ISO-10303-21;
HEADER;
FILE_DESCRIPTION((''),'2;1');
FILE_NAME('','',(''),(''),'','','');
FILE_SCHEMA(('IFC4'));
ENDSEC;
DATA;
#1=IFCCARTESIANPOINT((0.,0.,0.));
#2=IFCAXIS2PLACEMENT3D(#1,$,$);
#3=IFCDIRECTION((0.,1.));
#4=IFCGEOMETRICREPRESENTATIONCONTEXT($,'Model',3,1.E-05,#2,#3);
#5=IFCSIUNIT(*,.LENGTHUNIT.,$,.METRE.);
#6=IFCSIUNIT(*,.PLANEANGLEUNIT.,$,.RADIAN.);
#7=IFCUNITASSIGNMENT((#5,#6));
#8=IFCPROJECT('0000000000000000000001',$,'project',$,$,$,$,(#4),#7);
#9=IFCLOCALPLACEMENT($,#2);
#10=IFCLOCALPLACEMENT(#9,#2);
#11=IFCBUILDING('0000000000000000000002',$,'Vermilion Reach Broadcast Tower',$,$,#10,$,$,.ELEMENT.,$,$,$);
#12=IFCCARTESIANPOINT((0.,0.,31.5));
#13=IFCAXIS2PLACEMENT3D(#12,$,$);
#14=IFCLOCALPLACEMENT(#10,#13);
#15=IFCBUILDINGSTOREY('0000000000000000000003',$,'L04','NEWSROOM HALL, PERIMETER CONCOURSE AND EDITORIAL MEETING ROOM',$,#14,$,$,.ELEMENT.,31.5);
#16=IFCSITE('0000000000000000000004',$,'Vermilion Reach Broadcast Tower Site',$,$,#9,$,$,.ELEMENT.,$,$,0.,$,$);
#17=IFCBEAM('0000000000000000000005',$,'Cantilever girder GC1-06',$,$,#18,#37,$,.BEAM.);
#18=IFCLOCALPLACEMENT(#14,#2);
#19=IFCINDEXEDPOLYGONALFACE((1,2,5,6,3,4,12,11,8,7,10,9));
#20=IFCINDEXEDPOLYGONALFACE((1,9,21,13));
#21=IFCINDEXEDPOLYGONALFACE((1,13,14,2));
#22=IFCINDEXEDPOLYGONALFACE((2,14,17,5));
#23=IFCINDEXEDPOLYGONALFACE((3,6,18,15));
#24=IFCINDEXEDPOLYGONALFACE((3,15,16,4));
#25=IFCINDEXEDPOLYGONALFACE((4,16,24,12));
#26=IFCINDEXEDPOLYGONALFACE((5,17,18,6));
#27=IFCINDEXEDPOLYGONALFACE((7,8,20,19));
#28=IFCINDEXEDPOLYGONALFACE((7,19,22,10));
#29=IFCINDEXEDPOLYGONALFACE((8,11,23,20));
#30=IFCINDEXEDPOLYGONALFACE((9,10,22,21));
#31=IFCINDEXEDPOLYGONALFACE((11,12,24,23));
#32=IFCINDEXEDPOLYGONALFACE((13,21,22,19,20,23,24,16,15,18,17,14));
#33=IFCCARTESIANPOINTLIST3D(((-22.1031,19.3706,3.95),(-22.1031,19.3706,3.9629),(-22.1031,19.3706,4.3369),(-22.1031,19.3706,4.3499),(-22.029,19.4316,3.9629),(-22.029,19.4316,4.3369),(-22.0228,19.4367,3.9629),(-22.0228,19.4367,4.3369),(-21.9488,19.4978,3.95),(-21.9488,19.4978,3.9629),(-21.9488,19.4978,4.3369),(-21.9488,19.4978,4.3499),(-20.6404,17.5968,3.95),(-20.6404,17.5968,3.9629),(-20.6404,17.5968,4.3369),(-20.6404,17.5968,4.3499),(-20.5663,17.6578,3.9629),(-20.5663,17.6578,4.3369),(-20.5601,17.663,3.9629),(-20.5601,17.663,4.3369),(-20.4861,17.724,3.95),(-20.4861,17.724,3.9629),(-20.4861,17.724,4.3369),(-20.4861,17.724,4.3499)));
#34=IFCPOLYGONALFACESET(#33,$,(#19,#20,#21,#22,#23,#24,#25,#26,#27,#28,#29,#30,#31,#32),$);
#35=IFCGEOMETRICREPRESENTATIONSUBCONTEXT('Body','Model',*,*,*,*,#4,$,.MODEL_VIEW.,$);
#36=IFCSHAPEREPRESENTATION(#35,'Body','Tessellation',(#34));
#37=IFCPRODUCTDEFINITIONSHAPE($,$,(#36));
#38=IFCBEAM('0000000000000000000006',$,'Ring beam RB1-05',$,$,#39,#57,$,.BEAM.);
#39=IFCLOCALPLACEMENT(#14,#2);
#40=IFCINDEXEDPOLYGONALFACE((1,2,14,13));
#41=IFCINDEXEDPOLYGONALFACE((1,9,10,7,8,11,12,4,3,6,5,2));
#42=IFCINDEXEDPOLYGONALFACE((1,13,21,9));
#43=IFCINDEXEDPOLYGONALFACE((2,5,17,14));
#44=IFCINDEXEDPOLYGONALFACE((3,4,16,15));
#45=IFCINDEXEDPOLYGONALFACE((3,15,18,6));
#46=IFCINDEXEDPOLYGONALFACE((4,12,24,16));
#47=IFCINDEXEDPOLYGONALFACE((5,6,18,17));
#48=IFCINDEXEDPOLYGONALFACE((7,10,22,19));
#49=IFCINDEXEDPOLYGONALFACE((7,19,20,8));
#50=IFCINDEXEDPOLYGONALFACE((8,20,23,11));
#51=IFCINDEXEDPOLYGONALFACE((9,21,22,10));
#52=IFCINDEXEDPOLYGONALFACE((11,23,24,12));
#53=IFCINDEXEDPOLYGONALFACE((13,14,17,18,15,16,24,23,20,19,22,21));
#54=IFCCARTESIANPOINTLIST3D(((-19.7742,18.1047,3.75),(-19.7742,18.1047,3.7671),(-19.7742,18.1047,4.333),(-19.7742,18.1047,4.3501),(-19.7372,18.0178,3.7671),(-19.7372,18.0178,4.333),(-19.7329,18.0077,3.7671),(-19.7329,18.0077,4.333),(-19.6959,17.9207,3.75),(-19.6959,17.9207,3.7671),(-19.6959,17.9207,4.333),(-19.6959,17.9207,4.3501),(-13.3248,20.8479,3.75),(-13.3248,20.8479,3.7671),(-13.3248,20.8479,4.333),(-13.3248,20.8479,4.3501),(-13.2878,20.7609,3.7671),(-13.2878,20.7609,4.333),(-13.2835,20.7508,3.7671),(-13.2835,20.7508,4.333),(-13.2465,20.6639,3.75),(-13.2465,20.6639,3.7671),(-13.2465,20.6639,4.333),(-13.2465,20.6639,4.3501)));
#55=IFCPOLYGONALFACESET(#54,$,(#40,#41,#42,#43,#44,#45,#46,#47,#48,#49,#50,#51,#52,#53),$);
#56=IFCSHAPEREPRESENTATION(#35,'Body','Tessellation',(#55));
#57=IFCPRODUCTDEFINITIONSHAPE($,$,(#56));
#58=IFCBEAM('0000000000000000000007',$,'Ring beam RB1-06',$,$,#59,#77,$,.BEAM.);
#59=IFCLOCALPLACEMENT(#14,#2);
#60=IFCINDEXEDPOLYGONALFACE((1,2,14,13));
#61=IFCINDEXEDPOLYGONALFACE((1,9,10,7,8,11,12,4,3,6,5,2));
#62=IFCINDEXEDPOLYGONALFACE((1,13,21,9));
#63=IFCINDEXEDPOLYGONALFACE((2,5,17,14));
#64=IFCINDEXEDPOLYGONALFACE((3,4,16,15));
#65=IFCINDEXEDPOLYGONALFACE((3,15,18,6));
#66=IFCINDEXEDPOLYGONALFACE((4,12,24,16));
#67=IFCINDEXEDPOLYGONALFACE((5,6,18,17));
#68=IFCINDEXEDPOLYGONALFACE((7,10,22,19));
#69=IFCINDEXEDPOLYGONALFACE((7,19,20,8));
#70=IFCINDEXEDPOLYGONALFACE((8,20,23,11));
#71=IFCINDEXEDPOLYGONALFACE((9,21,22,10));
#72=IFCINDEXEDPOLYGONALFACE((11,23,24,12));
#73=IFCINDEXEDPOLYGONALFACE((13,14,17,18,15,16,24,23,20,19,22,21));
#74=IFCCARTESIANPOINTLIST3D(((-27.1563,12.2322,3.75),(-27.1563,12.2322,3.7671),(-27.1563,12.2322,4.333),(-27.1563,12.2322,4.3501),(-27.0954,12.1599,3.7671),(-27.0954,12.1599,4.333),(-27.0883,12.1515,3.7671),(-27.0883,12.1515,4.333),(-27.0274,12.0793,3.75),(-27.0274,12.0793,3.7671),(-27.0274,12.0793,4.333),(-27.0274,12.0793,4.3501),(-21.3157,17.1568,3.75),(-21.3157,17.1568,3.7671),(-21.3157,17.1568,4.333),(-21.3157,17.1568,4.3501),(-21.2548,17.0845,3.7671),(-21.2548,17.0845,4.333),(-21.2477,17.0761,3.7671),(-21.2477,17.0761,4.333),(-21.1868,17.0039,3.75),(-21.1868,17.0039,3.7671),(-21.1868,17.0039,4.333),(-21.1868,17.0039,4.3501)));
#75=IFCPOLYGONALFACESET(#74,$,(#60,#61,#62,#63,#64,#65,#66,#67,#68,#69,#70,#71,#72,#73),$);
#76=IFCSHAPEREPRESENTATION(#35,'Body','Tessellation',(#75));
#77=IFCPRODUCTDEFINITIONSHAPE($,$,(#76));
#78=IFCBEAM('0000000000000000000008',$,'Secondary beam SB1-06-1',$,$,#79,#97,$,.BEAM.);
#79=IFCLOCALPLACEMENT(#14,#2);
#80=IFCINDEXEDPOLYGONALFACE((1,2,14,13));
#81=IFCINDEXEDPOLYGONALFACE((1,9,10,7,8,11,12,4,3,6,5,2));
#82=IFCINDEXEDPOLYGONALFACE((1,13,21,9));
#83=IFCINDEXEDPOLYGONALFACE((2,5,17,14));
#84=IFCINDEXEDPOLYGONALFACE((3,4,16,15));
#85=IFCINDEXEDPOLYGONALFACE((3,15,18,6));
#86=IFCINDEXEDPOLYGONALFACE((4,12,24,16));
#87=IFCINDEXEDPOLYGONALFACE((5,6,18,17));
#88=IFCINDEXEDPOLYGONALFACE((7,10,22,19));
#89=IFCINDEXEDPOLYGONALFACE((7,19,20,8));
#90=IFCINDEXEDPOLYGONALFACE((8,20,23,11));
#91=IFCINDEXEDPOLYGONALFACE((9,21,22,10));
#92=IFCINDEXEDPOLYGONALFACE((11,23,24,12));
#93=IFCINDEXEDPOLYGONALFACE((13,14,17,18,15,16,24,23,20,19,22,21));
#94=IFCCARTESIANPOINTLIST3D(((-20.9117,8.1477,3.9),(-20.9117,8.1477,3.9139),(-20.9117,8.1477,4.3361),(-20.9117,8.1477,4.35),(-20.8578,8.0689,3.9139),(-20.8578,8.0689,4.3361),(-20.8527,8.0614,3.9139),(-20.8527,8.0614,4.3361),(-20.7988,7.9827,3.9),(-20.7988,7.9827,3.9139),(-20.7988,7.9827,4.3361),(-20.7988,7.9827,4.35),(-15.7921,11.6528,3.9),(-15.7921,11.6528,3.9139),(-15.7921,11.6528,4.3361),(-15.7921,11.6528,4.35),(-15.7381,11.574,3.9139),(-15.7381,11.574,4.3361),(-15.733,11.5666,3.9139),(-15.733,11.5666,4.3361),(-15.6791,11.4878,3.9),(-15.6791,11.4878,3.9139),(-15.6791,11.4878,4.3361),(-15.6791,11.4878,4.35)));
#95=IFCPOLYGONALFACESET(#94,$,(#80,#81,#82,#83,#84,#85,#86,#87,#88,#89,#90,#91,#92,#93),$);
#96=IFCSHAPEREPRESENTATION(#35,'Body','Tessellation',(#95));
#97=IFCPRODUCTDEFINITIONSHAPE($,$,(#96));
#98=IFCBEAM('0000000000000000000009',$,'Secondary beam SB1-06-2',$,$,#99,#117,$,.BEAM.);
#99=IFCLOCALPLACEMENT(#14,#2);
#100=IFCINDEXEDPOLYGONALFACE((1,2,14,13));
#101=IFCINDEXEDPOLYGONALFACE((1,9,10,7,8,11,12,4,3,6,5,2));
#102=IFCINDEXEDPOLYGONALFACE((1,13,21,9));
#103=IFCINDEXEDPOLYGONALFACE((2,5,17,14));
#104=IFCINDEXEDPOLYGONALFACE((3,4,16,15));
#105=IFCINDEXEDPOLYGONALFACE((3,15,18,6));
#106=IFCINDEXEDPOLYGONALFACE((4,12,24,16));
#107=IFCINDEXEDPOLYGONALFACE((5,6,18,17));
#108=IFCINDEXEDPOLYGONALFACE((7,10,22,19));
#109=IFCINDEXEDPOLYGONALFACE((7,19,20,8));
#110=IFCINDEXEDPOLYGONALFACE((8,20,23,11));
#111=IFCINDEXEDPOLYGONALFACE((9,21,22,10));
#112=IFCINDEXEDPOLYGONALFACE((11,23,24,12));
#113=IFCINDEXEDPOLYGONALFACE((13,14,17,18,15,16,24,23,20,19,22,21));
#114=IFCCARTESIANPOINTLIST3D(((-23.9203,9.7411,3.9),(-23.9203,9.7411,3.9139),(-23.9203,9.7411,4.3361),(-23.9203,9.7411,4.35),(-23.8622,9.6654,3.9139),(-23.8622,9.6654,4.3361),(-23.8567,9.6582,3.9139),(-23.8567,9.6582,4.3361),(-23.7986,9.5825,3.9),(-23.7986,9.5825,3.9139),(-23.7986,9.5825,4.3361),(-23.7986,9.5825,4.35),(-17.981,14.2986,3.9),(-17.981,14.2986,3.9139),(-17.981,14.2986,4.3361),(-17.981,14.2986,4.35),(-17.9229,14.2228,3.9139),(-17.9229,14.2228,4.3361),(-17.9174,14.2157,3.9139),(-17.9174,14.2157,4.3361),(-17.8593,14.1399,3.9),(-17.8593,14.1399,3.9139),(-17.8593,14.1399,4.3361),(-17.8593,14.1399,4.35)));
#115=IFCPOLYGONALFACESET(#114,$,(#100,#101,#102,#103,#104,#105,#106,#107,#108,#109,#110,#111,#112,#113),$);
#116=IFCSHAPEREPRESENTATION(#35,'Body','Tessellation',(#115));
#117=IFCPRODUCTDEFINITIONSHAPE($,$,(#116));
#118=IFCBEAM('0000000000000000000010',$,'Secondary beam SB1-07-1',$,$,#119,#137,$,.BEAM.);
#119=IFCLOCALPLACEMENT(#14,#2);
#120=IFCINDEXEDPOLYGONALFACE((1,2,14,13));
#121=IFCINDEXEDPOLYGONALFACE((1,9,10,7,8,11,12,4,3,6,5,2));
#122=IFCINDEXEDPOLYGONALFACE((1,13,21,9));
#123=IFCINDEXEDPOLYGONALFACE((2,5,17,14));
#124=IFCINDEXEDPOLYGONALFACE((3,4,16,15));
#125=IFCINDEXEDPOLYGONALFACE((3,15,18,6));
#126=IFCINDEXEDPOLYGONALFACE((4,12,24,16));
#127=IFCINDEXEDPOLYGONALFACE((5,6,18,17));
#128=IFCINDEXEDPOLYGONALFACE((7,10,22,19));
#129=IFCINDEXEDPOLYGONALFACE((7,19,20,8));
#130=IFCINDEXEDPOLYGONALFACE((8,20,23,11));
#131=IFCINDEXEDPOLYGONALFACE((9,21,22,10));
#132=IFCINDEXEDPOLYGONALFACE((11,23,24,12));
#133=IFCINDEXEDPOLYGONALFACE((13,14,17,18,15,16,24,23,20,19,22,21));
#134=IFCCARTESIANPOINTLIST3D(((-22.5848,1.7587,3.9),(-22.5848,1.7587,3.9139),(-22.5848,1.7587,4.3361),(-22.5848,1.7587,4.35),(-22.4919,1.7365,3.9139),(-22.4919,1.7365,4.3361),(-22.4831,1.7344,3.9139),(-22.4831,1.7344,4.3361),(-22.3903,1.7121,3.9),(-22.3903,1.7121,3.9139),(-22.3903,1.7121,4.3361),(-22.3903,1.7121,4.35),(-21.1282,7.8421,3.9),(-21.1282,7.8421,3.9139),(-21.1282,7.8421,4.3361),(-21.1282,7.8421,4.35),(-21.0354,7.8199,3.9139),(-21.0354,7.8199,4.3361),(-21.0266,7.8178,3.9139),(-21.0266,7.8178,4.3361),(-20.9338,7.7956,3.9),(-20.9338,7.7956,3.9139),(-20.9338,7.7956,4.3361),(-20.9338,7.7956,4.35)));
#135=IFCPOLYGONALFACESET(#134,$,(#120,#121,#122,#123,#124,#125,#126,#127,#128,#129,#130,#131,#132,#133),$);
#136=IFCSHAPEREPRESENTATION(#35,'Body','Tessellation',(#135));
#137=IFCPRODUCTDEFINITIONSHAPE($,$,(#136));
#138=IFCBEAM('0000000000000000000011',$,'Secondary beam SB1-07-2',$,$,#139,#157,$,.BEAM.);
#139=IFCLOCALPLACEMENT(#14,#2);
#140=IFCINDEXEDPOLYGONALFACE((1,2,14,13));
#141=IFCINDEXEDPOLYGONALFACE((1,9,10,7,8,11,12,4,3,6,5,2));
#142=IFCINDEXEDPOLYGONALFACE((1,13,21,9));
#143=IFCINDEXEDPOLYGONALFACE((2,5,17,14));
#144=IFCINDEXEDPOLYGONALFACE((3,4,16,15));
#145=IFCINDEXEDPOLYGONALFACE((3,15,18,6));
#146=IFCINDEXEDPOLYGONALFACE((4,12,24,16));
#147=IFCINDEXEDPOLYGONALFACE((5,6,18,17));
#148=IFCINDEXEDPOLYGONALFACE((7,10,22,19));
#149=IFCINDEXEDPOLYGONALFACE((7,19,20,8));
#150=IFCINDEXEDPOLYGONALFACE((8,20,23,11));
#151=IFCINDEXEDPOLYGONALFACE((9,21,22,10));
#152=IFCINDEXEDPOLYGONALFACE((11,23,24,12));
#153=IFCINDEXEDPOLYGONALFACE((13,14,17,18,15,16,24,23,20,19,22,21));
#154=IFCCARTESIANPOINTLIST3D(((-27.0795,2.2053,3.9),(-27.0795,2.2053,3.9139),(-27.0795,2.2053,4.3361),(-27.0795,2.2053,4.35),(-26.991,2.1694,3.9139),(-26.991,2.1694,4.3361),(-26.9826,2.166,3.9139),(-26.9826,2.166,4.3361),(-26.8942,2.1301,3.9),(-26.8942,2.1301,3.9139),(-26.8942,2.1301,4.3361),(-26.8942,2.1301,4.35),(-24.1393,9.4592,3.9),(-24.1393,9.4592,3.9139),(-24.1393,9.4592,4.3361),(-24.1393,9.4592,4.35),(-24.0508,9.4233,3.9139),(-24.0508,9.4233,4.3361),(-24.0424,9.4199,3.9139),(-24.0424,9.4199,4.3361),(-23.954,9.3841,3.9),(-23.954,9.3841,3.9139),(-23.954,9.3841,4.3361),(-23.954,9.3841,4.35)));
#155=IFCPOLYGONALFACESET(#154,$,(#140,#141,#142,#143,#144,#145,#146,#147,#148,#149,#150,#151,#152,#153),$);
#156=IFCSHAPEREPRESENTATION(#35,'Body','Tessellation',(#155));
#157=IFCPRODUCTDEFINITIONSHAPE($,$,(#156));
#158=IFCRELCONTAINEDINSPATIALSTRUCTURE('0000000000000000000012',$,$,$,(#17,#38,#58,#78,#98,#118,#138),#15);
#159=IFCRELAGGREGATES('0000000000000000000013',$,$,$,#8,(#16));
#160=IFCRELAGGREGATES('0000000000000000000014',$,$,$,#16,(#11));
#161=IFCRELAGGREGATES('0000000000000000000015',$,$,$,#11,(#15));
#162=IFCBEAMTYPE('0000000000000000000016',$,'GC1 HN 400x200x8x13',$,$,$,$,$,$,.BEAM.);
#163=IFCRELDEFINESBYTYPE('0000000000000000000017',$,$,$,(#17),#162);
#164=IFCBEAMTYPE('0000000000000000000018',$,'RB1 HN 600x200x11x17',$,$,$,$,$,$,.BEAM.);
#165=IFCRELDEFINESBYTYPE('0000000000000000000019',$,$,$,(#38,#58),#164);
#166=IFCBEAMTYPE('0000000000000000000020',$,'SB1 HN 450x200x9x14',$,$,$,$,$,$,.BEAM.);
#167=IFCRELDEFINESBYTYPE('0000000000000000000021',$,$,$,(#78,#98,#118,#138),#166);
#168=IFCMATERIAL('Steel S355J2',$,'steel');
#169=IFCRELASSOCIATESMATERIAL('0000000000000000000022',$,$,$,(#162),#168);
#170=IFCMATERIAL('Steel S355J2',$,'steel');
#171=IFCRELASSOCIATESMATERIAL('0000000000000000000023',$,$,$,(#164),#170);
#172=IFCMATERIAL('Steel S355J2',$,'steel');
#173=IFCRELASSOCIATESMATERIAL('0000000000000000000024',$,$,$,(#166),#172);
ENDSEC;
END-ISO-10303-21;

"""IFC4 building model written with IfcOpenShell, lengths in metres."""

from ifc_helpers import new_model, si_unit, direction, frame, origin, origin_2d, place, context, subcontext, project, spatial, i_section, extrude, material, material_profile, profile_set, type_object, element, save


model = new_model("IFC4")

# Units and contexts
model_context = context("Model", 3, precision=1e-05, world=origin(), true_north=direction((0.0, 1.0)))
body_context = subcontext(model_context, "Body", "Model", "MODEL_VIEW")
ifc_project = project(units=[si_unit("LENGTHUNIT", "METRE"), si_unit("PLANEANGLEUNIT", "RADIAN")], contexts=[model_context])

# Site, building, storey
site_placement = place(None, origin())
site = spatial("IfcSite", under=ifc_project, at=site_placement, Name="Vermilion Reach Broadcast Tower Site", CompositionType="ELEMENT", RefElevation=0.0)
building_placement = place(site_placement, origin())
building = spatial("IfcBuilding", under=site, at=building_placement, Name="Vermilion Reach Broadcast Tower", CompositionType="ELEMENT")
storey_placement = place(building_placement, frame((0.0, 0.0, 31.5)))
storey = spatial("IfcBuildingStorey", under=building, at=storey_placement, Name="L04", Description="NEWSROOM HALL, PERIMETER CONCOURSE AND EDITORIAL MEETING ROOM", CompositionType="ELEMENT", Elevation=31.5)

# Beams
ifc_material_1 = material(Name="Steel S355J2", Category="steel")
ifc_material_profile_1 = material_profile(ifc_material_1, i_section(OverallWidth=0.2, OverallDepth=0.3999, WebThickness=0.0081, FlangeThickness=0.0129, at=origin_2d()), Name="S355J2 HN 400x200x8x13")
ifc_profile_set_1 = profile_set([ifc_material_profile_1], Name="Steel S355J2")
beam_type_1 = type_object("IfcBeamType", Name="GC1 HN 400x200x8x13", PredefinedType="BEAM", material=ifc_profile_set_1)
beam_1_placement = place(storey_placement, frame((-20.5632, 17.6604, 4.1499), z_axis=(-0.636217, 0.77151, 0.0), x_axis=(-0.77151, -0.636217, 0.0)))
element("IfcBeam", 1, at=beam_1_placement, inside=storey, type_object=beam_type_1, Name="Cantilever girder GC1-06", PredefinedType="BEAM", context=body_context, shape_type="SweptSolid", body=[
    extrude(i_section(OverallWidth=0.2, OverallDepth=0.3999, WebThickness=0.0081, FlangeThickness=0.0129, at=origin_2d()), origin(), (0.0, 0.0, 1.0), 2.2991),
])
ifc_material_2 = material(Name="Steel S355J2", Category="steel")
ifc_material_profile_2 = material_profile(ifc_material_2, i_section(OverallWidth=0.2, OverallDepth=0.6001, WebThickness=0.011, FlangeThickness=0.0171, at=origin_2d()), Name="S355J2 HN 600x200x11x17")
ifc_profile_set_2 = profile_set([ifc_material_profile_2], Name="Steel S355J2")
beam_type_2 = type_object("IfcBeamType", Name="RB1 HN 600x200x11x17", PredefinedType="BEAM", material=ifc_profile_set_2)
beam_2_placement = place(storey_placement, frame((-13.2856, 20.7559, 4.05), z_axis=(-0.920221, -0.3914, 0.0), x_axis=(0.3914, -0.920221, 0.0)))
element("IfcBeam", 2, at=beam_2_placement, inside=storey, type_object=beam_type_2, Name="Ring beam RB1-05", PredefinedType="BEAM", context=body_context, shape_type="SweptSolid", body=[
    extrude(i_section(OverallWidth=0.2, OverallDepth=0.6001, WebThickness=0.011, FlangeThickness=0.0171, at=origin_2d()), origin(), (0.0, 0.0, 1.0), 7.0085),
])
beam_3_placement = place(storey_placement, frame((-21.2512, 17.0803, 4.05), z_axis=(-0.764512, -0.644609, 0.0), x_axis=(0.644609, -0.764512, 0.0)))
element("IfcBeam", 3, at=beam_3_placement, inside=storey, type_object=beam_type_2, Name="Ring beam RB1-06", PredefinedType="BEAM", context=body_context, shape_type="SweptSolid", body=[
    extrude(i_section(OverallWidth=0.2, OverallDepth=0.6001, WebThickness=0.011, FlangeThickness=0.0171, at=origin_2d()), origin(), (0.0, 0.0, 1.0), 7.6396),
])
ifc_material_3 = material(Name="Steel S355J2", Category="steel")
ifc_material_profile_3 = material_profile(ifc_material_3, i_section(OverallWidth=0.2, OverallDepth=0.45, WebThickness=0.009, FlangeThickness=0.0139, at=origin_2d()), Name="S355J2 HN 450x200x9x14")
ifc_profile_set_3 = profile_set([ifc_material_profile_3], Name="Steel S355J2")
beam_type_3 = type_object("IfcBeamType", Name="SB1 HN 450x200x9x14", PredefinedType="BEAM", material=ifc_profile_set_3)
beam_4_placement = place(storey_placement, frame((-15.7356, 11.5703, 4.125), z_axis=(-0.82514, -0.564928, 0.0), x_axis=(0.564928, -0.82514, 0.0)))
element("IfcBeam", 4, at=beam_4_placement, inside=storey, type_object=beam_type_3, Name="Secondary beam SB1-06-1", PredefinedType="BEAM", context=body_context, shape_type="SweptSolid", body=[
    extrude(i_section(OverallWidth=0.2, OverallDepth=0.45, WebThickness=0.009, FlangeThickness=0.0139, at=origin_2d()), origin(), (0.0, 0.0, 1.0), 6.2046),
])
beam_5_placement = place(storey_placement, frame((-17.9202, 14.2192, 4.125), z_axis=(-0.79335, -0.608766, 0.0), x_axis=(0.608766, -0.79335, 0.0)))
element("IfcBeam", 5, at=beam_5_placement, inside=storey, type_object=beam_type_3, Name="Secondary beam SB1-06-2", PredefinedType="BEAM", context=body_context, shape_type="SweptSolid", body=[
    extrude(i_section(OverallWidth=0.2, OverallDepth=0.45, WebThickness=0.009, FlangeThickness=0.0139, at=origin_2d()), origin(), (0.0, 0.0, 1.0), 7.4863),
])
beam_6_placement = place(storey_placement, frame((-21.031, 7.8188, 4.125), z_axis=(-0.232844, -0.972514, 0.0), x_axis=(0.972514, -0.232844, 0.0)))
element("IfcBeam", 6, at=beam_6_placement, inside=storey, type_object=beam_type_3, Name="Secondary beam SB1-07-1", PredefinedType="BEAM", context=body_context, shape_type="SweptSolid", body=[
    extrude(i_section(OverallWidth=0.2, OverallDepth=0.45, WebThickness=0.009, FlangeThickness=0.0139, at=origin_2d()), origin(), (0.0, 0.0, 1.0), 6.2554),
])
beam_7_placement = place(storey_placement, frame((-24.0466, 9.4216, 4.125), z_axis=(-0.375641, -0.926765, 0.0), x_axis=(0.926765, -0.375641, 0.0)))
element("IfcBeam", 7, at=beam_7_placement, inside=storey, type_object=beam_type_3, Name="Secondary beam SB1-07-2", PredefinedType="BEAM", context=body_context, shape_type="SweptSolid", body=[
    extrude(i_section(OverallWidth=0.2, OverallDepth=0.45, WebThickness=0.009, FlangeThickness=0.0139, at=origin_2d()), origin(), (0.0, 0.0, 1.0), 7.8271),
])

save(model, "model.ifc")
